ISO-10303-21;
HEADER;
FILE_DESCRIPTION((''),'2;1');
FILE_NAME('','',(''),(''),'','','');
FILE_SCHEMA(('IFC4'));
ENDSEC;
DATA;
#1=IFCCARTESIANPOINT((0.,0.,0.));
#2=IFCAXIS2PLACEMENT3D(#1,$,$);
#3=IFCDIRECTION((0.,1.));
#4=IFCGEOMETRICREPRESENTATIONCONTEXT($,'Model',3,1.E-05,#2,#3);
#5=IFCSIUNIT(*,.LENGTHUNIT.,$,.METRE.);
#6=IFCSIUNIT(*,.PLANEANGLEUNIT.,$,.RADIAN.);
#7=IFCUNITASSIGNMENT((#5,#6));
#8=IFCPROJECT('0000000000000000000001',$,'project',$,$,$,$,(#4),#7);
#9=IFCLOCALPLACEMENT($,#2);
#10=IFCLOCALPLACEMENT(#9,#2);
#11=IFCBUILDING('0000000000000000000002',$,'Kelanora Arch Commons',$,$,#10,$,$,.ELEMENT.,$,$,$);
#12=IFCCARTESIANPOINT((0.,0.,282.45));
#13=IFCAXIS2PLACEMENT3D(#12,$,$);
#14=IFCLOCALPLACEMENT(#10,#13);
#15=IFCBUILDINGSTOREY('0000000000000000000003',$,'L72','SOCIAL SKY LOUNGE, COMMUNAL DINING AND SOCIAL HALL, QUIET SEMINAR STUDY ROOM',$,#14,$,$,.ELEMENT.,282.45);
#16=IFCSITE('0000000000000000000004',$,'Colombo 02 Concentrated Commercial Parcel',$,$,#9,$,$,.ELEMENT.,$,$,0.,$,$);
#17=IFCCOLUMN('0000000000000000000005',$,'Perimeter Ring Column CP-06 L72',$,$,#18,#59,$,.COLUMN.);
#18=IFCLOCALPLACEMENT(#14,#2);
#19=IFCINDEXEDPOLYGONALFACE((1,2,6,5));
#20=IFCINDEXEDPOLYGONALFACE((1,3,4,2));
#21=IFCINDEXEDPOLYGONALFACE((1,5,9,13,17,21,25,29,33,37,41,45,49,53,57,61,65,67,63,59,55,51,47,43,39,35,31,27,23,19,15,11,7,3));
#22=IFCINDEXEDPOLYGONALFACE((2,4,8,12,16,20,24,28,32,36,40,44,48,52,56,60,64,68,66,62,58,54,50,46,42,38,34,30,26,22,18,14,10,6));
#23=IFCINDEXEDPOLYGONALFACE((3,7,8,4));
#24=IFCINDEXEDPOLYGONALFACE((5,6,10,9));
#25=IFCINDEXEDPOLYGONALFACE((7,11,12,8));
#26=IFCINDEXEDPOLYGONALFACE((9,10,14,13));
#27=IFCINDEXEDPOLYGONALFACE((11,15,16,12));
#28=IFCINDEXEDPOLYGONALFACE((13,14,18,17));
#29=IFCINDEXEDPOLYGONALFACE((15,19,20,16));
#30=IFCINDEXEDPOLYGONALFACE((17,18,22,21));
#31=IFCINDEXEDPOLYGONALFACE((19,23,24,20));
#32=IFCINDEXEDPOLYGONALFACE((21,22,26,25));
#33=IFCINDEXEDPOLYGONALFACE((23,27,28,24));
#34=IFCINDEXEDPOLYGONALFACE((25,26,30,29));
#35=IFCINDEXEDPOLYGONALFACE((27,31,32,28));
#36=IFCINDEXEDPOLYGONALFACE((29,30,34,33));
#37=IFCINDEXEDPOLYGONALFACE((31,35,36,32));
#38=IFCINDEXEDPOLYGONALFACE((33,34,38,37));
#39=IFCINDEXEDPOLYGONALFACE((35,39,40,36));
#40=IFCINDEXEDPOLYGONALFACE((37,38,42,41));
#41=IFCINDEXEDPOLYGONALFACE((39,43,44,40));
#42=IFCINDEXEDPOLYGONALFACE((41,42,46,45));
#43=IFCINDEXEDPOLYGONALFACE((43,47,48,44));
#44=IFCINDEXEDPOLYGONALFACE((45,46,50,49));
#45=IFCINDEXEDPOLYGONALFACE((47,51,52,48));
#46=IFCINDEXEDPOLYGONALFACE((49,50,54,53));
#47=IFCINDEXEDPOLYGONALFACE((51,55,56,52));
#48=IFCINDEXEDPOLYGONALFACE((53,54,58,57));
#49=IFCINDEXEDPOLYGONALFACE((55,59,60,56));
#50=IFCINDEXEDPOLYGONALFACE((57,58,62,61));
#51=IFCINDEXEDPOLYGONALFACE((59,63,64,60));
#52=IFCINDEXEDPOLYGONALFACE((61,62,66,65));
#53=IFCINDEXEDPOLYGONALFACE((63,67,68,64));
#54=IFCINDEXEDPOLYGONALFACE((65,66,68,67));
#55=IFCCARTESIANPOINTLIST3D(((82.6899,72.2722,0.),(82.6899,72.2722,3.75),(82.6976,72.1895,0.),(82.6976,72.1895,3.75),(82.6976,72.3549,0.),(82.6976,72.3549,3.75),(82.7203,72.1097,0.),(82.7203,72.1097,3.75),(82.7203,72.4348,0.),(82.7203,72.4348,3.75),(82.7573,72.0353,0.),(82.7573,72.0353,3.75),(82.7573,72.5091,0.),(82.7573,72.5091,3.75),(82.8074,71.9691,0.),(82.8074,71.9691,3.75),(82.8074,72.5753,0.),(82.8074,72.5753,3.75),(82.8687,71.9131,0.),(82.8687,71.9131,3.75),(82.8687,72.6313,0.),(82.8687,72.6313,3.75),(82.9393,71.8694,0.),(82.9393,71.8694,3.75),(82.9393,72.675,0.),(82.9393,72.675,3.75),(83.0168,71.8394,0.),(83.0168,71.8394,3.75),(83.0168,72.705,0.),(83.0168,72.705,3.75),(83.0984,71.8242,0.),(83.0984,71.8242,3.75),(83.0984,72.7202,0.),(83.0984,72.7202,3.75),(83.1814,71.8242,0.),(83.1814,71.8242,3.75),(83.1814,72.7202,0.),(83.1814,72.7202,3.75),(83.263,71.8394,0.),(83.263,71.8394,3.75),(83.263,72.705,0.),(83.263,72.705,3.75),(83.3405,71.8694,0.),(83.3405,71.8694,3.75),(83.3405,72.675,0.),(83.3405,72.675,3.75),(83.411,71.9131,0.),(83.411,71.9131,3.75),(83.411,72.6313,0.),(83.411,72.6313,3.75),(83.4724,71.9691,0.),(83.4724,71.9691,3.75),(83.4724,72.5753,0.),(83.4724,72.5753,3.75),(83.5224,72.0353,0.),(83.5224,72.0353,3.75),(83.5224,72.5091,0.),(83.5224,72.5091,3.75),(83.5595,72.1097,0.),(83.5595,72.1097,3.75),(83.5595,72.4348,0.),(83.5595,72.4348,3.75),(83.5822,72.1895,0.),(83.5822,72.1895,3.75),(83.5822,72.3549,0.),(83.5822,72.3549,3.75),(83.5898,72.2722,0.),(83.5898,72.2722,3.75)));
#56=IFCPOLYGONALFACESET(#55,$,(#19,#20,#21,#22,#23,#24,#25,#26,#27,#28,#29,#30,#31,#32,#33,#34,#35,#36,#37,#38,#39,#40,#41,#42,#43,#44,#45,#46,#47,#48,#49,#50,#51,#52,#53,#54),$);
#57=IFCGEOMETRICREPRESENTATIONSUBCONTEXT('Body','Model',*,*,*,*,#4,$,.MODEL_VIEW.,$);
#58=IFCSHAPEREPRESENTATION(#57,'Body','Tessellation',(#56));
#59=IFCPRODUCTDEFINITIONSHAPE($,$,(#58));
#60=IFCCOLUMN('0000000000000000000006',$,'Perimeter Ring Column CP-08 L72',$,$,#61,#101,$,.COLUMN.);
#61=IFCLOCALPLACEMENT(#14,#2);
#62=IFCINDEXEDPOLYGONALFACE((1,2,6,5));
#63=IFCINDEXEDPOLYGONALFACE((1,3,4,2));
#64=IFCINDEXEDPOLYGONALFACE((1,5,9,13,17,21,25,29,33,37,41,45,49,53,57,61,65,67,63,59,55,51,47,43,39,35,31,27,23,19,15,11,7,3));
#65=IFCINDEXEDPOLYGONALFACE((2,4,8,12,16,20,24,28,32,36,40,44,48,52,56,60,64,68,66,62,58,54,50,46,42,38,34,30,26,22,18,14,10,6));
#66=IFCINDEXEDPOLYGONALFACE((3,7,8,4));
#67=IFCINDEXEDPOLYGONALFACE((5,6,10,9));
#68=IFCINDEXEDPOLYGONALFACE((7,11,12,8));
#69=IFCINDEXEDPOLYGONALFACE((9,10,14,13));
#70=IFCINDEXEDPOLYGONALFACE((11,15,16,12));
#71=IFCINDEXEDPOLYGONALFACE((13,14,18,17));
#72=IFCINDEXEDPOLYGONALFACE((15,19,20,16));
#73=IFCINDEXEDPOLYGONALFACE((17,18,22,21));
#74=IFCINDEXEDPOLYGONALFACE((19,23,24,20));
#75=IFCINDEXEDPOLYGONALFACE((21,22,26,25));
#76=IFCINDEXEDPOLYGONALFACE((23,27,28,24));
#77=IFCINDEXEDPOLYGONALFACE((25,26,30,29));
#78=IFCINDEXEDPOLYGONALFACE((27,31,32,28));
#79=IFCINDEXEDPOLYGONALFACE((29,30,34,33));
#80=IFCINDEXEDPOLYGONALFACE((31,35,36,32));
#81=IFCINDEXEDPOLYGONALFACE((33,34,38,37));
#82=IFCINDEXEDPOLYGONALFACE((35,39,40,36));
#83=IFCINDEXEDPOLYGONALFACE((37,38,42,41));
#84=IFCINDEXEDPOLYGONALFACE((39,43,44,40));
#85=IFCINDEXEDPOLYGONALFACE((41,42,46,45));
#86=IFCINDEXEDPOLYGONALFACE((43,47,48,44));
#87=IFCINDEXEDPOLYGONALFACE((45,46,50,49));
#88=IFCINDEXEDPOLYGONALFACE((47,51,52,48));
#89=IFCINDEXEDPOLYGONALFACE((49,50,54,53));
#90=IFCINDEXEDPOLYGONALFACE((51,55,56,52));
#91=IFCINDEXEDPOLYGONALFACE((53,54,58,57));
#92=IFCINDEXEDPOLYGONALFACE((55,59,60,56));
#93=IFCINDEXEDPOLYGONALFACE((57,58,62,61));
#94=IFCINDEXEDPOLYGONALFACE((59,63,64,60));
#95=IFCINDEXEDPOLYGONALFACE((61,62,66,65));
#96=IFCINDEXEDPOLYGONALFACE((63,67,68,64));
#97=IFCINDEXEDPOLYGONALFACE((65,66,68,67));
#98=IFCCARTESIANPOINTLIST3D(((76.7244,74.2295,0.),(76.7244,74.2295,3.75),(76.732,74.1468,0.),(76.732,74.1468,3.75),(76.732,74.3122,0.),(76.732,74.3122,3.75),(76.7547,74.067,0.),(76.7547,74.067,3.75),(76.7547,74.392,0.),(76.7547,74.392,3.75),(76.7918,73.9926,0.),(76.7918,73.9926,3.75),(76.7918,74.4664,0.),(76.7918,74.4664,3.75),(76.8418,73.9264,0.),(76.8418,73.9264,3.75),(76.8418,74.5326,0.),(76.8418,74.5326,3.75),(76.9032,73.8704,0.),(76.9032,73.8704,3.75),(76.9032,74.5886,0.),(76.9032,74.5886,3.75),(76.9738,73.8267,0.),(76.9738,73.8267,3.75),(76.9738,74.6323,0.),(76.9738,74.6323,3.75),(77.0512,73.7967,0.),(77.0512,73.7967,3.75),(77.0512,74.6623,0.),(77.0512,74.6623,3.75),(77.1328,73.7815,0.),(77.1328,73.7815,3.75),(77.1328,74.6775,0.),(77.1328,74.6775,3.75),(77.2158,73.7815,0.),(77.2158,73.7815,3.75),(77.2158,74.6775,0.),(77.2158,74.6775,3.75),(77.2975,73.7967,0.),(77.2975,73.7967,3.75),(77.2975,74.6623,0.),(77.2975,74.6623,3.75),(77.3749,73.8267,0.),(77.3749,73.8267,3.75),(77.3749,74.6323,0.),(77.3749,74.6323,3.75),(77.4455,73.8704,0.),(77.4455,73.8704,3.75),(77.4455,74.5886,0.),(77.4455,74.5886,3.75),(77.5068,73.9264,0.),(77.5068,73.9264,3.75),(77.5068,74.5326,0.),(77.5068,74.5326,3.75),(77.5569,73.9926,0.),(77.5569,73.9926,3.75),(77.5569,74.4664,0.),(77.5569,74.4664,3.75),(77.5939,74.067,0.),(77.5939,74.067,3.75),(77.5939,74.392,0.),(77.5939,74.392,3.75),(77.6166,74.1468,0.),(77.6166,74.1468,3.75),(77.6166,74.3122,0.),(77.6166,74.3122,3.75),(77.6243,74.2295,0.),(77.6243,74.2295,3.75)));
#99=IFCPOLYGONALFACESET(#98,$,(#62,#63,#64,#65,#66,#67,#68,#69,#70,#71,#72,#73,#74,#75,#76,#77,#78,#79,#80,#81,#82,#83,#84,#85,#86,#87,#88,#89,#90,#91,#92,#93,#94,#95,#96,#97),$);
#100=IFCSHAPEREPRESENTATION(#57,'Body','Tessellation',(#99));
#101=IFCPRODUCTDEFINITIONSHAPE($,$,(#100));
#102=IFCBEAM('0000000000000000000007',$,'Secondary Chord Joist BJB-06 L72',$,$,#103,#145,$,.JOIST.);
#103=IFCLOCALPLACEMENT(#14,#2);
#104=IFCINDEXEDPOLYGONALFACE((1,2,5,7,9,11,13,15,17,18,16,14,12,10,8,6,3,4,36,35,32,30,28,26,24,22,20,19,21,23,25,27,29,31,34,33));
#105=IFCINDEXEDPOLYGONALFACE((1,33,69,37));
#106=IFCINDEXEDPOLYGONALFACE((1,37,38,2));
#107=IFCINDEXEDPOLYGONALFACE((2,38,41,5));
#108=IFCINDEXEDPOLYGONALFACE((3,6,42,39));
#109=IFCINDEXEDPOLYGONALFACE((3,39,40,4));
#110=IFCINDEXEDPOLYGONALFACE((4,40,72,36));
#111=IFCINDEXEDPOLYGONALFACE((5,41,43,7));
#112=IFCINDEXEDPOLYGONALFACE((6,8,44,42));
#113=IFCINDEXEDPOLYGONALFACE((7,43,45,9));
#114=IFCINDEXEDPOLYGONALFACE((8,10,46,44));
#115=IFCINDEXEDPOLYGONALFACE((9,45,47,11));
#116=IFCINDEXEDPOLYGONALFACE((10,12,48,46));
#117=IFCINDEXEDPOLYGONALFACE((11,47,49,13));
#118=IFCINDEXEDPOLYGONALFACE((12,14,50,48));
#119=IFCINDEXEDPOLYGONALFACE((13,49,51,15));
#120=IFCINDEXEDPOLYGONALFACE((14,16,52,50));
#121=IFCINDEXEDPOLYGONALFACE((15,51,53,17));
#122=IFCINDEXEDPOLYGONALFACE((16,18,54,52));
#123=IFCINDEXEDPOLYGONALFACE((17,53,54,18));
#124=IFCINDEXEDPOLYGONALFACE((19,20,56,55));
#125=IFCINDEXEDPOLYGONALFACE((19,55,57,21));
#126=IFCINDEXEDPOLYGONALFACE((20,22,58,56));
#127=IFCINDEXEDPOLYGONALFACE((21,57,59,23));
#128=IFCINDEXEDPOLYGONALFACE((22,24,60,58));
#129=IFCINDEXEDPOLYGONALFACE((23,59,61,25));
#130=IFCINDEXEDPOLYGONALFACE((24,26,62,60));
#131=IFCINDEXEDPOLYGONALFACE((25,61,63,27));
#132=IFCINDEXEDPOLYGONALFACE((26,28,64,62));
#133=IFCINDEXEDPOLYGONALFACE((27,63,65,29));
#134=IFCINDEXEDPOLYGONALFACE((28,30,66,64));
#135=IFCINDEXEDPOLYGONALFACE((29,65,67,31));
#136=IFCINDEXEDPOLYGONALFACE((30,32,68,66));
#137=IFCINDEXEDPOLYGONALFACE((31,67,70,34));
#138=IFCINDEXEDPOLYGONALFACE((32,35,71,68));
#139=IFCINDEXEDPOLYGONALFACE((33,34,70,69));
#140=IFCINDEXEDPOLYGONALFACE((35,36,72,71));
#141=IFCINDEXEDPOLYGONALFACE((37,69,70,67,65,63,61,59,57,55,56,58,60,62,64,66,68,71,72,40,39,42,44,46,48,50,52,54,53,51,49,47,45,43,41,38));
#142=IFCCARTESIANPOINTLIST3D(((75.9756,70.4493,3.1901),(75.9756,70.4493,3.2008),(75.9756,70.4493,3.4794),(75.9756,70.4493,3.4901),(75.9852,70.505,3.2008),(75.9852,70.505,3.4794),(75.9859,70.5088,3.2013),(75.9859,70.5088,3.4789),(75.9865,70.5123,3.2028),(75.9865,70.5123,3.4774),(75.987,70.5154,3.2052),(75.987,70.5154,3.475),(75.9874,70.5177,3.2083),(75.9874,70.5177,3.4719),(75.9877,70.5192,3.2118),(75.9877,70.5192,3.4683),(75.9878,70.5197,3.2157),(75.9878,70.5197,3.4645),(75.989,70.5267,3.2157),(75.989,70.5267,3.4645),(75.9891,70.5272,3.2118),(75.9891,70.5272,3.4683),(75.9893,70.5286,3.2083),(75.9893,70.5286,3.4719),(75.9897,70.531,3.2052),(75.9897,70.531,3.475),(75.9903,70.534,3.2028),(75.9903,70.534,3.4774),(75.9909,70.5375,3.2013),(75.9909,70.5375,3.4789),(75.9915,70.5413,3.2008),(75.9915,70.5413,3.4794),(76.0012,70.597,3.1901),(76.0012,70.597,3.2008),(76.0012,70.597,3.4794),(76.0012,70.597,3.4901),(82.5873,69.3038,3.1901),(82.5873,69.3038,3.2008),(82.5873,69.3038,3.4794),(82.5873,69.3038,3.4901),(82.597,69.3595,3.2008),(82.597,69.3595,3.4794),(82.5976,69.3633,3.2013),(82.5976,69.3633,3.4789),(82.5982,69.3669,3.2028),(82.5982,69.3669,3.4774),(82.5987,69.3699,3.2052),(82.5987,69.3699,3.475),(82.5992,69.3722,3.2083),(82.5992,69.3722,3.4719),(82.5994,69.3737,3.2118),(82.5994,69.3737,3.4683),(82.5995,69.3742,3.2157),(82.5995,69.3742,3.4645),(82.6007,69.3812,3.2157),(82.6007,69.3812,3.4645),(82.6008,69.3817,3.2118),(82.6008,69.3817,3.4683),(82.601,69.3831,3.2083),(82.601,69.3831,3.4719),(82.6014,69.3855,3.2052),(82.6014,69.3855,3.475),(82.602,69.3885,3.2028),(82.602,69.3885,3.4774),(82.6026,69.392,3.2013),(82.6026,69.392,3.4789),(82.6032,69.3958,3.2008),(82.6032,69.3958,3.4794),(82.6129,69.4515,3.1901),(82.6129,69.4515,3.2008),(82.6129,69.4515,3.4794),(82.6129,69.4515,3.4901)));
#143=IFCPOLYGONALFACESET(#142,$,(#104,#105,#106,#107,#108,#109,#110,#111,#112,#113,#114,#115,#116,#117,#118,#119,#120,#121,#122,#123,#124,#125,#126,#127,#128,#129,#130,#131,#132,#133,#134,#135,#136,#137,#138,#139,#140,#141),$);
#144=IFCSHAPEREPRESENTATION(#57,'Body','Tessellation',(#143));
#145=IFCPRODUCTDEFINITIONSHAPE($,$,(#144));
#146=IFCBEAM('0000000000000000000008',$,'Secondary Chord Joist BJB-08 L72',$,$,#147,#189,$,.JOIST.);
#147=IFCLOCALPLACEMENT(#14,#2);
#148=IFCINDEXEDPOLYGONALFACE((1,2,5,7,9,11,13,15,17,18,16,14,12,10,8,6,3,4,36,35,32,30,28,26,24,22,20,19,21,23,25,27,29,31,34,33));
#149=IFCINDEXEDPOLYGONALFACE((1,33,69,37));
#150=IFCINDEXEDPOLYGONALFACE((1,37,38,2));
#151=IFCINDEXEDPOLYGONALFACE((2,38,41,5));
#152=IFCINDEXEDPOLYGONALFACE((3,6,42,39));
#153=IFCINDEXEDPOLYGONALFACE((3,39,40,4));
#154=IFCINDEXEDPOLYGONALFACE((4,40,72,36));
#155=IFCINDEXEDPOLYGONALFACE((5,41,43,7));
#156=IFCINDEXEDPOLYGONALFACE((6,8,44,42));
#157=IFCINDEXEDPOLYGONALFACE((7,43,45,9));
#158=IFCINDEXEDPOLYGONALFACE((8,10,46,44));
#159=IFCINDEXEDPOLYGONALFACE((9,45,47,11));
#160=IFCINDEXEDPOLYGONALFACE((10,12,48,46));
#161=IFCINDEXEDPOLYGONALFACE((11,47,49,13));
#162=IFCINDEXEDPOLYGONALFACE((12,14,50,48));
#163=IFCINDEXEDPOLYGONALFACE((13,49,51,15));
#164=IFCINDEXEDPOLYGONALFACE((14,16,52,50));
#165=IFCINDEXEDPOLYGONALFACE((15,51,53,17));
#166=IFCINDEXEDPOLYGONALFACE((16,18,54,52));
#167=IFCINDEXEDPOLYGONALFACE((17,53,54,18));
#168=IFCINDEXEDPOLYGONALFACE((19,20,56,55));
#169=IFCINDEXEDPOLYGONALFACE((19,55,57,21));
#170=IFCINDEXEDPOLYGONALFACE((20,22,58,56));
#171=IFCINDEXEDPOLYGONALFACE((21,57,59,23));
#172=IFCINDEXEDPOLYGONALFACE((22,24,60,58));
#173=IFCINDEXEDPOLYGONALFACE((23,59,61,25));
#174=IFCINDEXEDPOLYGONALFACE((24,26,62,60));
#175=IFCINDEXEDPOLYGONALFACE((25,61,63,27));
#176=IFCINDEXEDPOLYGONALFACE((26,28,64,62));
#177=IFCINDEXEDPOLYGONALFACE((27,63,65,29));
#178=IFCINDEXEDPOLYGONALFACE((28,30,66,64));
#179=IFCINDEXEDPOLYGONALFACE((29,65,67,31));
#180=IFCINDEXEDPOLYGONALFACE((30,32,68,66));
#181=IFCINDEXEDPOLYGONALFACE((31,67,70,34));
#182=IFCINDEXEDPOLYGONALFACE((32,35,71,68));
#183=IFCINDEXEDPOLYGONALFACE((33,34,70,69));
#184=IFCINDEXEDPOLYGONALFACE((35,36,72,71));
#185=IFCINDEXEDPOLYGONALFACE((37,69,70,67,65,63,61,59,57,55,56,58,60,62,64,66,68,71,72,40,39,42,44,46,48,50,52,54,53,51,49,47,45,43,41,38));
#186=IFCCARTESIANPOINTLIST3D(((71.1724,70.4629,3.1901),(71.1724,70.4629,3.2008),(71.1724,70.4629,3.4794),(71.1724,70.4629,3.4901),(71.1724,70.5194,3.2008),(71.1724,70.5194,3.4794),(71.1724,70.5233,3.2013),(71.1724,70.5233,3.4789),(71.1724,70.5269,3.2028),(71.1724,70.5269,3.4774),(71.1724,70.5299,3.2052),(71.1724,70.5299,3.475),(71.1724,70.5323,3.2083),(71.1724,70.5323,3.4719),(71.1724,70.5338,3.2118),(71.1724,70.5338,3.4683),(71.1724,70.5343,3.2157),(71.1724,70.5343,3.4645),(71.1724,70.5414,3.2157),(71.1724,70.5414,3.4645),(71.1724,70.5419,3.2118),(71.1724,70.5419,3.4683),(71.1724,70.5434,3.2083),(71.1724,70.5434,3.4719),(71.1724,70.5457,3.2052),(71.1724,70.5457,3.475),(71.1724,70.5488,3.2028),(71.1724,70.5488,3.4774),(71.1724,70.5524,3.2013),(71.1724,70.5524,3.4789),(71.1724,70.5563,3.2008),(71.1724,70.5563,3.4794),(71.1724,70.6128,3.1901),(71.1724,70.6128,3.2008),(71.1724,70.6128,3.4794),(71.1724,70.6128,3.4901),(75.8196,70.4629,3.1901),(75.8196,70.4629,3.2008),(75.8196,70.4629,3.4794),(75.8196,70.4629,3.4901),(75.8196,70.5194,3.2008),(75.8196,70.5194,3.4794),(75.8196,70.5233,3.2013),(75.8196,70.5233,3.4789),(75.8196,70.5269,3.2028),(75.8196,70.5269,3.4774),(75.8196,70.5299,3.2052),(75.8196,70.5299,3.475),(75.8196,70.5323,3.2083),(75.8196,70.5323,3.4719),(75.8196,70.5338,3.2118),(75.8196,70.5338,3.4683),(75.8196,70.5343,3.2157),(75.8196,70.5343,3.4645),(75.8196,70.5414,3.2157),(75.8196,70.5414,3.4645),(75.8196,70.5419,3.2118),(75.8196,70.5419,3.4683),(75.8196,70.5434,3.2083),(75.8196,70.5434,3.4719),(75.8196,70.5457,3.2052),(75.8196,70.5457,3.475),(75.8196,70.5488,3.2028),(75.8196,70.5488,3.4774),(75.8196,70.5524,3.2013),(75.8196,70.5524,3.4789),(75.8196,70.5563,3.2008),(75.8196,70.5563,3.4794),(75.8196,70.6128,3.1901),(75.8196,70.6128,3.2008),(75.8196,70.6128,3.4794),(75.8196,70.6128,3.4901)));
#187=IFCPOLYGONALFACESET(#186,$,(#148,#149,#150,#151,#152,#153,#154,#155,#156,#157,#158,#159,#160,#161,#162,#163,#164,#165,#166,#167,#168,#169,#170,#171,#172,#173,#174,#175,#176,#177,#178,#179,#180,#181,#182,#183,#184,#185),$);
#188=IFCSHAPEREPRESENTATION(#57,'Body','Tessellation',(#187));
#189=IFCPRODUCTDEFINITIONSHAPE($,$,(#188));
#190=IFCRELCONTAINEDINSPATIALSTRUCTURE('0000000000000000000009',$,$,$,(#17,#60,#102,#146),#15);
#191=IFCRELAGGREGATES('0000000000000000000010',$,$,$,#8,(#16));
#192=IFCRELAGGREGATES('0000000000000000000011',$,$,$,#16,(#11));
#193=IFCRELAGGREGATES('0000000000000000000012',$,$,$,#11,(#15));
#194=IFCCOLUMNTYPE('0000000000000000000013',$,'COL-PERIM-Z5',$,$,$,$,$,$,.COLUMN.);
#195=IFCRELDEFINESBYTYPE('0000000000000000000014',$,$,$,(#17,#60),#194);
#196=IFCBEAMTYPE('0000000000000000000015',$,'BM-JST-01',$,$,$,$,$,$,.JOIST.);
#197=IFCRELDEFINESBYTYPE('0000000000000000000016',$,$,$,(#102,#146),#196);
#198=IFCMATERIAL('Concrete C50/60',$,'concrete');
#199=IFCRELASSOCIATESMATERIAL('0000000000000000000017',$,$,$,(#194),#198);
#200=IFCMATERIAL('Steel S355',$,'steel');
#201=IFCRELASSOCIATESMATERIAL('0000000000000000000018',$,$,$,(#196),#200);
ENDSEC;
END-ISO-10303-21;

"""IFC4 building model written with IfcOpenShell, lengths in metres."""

from ifc_helpers import new_model, si_unit, direction, frame, origin, origin_2d, place, context, subcontext, project, spatial, circle, i_section, extrude, material, material_profile, profile_set, type_object, element, save


model = new_model("IFC4")

# Units and contexts
model_context = context("Model", 3, precision=1e-05, world=origin(), true_north=direction((0.0, 1.0)))
body_context = subcontext(model_context, "Body", "Model", "MODEL_VIEW")
ifc_project = project(units=[si_unit("LENGTHUNIT", "METRE"), si_unit("PLANEANGLEUNIT", "RADIAN")], contexts=[model_context])

# Site, building, storey
site_placement = place(None, origin())
site = spatial("IfcSite", under=ifc_project, at=site_placement, Name="Colombo 02 Concentrated Commercial Parcel", CompositionType="ELEMENT", RefElevation=0.0)
building_placement = place(site_placement, origin())
building = spatial("IfcBuilding", under=site, at=building_placement, Name="Kelanora Arch Commons", CompositionType="ELEMENT")
storey_placement = place(building_placement, frame((0.0, 0.0, 282.45)))
storey = spatial("IfcBuildingStorey", under=building, at=storey_placement, Name="L72", Description="SOCIAL SKY LOUNGE, COMMUNAL DINING AND SOCIAL HALL, QUIET SEMINAR STUDY ROOM", CompositionType="ELEMENT", Elevation=282.45)

# Columns
ifc_material_1 = material(Name="Concrete C50/60", Category="concrete")
ifc_material_profile_1 = material_profile(ifc_material_1, circle(Radius=0.45, at=origin_2d()), Name="RCC900")
ifc_profile_set_1 = profile_set([ifc_material_profile_1], Name="Concrete C50/60")
column_type = type_object("IfcColumnType", Name="COL-PERIM-Z5", PredefinedType="COLUMN", material=ifc_profile_set_1)
for number, where, z_axis, x_axis, name in (
    (1, (83.1399, 72.2722, 0.0), (0.0, 0.0, 1.0), (1.0, 0.0, 0.0), "Perimeter Ring Column CP-06 L72"),
    (2, (77.1743, 74.2295, 0.0), (0.0, 0.0, 1.0), (1.0, 0.0, 0.0), "Perimeter Ring Column CP-08 L72"),
):
    element("IfcColumn", number, at=place(storey_placement, frame(where, z_axis=z_axis, x_axis=x_axis)), inside=storey, type_object=column_type, Name=name, PredefinedType="COLUMN", context=body_context, shape_type="SweptSolid", body=[
        extrude(circle(Radius=0.45, at=origin_2d()), origin(), (0.0, 0.0, 1.0), 3.75),
    ])

# Beams
ifc_material_2 = material(Name="Steel S355", Category="steel")
ifc_material_profile_2 = material_profile(ifc_material_2, i_section(OverallWidth=0.1499, OverallDepth=0.3, WebThickness=0.0071, FlangeThickness=0.0107, FilletRadius=0.0149, at=origin_2d()), Name="IPE300")
ifc_profile_set_2 = profile_set([ifc_material_profile_2], Name="Steel S355")
beam_type_1 = type_object("IfcBeamType", Name="BM-JST-01", PredefinedType="JOIST", material=ifc_profile_set_2)
beam_1_placement = place(storey_placement, frame((82.6001, 69.3777, 3.3401), z_axis=(-0.985322, 0.170709, 0.0), x_axis=(-0.170709, -0.985322, 0.0)))
element("IfcBeam", 3, at=beam_1_placement, inside=storey, type_object=beam_type_1, Name="Secondary Chord Joist BJB-06 L72", PredefinedType="JOIST", context=body_context, shape_type="SweptSolid", body=[
    extrude(i_section(OverallWidth=0.1499, OverallDepth=0.3, WebThickness=0.0071, FlangeThickness=0.0107, FilletRadius=0.0149, at=origin_2d()), origin(), (0.0, 0.0, 1.0), 6.7102),
])
beam_2_placement = place(storey_placement, frame((75.8196, 70.5378, 3.3401), z_axis=(-1.0, 0.0, 0.0), x_axis=(0.0, -1.0, 0.0)))
element("IfcBeam", 4, at=beam_2_placement, inside=storey, type_object=beam_type_1, Name="Secondary Chord Joist BJB-08 L72", PredefinedType="JOIST", context=body_context, shape_type="SweptSolid", body=[
    extrude(i_section(OverallWidth=0.1499, OverallDepth=0.3, WebThickness=0.0071, FlangeThickness=0.0107, FilletRadius=0.0149, at=origin_2d()), origin(), (0.0, 0.0, 1.0), 4.6472),
])

save(model, "model.ifc")
